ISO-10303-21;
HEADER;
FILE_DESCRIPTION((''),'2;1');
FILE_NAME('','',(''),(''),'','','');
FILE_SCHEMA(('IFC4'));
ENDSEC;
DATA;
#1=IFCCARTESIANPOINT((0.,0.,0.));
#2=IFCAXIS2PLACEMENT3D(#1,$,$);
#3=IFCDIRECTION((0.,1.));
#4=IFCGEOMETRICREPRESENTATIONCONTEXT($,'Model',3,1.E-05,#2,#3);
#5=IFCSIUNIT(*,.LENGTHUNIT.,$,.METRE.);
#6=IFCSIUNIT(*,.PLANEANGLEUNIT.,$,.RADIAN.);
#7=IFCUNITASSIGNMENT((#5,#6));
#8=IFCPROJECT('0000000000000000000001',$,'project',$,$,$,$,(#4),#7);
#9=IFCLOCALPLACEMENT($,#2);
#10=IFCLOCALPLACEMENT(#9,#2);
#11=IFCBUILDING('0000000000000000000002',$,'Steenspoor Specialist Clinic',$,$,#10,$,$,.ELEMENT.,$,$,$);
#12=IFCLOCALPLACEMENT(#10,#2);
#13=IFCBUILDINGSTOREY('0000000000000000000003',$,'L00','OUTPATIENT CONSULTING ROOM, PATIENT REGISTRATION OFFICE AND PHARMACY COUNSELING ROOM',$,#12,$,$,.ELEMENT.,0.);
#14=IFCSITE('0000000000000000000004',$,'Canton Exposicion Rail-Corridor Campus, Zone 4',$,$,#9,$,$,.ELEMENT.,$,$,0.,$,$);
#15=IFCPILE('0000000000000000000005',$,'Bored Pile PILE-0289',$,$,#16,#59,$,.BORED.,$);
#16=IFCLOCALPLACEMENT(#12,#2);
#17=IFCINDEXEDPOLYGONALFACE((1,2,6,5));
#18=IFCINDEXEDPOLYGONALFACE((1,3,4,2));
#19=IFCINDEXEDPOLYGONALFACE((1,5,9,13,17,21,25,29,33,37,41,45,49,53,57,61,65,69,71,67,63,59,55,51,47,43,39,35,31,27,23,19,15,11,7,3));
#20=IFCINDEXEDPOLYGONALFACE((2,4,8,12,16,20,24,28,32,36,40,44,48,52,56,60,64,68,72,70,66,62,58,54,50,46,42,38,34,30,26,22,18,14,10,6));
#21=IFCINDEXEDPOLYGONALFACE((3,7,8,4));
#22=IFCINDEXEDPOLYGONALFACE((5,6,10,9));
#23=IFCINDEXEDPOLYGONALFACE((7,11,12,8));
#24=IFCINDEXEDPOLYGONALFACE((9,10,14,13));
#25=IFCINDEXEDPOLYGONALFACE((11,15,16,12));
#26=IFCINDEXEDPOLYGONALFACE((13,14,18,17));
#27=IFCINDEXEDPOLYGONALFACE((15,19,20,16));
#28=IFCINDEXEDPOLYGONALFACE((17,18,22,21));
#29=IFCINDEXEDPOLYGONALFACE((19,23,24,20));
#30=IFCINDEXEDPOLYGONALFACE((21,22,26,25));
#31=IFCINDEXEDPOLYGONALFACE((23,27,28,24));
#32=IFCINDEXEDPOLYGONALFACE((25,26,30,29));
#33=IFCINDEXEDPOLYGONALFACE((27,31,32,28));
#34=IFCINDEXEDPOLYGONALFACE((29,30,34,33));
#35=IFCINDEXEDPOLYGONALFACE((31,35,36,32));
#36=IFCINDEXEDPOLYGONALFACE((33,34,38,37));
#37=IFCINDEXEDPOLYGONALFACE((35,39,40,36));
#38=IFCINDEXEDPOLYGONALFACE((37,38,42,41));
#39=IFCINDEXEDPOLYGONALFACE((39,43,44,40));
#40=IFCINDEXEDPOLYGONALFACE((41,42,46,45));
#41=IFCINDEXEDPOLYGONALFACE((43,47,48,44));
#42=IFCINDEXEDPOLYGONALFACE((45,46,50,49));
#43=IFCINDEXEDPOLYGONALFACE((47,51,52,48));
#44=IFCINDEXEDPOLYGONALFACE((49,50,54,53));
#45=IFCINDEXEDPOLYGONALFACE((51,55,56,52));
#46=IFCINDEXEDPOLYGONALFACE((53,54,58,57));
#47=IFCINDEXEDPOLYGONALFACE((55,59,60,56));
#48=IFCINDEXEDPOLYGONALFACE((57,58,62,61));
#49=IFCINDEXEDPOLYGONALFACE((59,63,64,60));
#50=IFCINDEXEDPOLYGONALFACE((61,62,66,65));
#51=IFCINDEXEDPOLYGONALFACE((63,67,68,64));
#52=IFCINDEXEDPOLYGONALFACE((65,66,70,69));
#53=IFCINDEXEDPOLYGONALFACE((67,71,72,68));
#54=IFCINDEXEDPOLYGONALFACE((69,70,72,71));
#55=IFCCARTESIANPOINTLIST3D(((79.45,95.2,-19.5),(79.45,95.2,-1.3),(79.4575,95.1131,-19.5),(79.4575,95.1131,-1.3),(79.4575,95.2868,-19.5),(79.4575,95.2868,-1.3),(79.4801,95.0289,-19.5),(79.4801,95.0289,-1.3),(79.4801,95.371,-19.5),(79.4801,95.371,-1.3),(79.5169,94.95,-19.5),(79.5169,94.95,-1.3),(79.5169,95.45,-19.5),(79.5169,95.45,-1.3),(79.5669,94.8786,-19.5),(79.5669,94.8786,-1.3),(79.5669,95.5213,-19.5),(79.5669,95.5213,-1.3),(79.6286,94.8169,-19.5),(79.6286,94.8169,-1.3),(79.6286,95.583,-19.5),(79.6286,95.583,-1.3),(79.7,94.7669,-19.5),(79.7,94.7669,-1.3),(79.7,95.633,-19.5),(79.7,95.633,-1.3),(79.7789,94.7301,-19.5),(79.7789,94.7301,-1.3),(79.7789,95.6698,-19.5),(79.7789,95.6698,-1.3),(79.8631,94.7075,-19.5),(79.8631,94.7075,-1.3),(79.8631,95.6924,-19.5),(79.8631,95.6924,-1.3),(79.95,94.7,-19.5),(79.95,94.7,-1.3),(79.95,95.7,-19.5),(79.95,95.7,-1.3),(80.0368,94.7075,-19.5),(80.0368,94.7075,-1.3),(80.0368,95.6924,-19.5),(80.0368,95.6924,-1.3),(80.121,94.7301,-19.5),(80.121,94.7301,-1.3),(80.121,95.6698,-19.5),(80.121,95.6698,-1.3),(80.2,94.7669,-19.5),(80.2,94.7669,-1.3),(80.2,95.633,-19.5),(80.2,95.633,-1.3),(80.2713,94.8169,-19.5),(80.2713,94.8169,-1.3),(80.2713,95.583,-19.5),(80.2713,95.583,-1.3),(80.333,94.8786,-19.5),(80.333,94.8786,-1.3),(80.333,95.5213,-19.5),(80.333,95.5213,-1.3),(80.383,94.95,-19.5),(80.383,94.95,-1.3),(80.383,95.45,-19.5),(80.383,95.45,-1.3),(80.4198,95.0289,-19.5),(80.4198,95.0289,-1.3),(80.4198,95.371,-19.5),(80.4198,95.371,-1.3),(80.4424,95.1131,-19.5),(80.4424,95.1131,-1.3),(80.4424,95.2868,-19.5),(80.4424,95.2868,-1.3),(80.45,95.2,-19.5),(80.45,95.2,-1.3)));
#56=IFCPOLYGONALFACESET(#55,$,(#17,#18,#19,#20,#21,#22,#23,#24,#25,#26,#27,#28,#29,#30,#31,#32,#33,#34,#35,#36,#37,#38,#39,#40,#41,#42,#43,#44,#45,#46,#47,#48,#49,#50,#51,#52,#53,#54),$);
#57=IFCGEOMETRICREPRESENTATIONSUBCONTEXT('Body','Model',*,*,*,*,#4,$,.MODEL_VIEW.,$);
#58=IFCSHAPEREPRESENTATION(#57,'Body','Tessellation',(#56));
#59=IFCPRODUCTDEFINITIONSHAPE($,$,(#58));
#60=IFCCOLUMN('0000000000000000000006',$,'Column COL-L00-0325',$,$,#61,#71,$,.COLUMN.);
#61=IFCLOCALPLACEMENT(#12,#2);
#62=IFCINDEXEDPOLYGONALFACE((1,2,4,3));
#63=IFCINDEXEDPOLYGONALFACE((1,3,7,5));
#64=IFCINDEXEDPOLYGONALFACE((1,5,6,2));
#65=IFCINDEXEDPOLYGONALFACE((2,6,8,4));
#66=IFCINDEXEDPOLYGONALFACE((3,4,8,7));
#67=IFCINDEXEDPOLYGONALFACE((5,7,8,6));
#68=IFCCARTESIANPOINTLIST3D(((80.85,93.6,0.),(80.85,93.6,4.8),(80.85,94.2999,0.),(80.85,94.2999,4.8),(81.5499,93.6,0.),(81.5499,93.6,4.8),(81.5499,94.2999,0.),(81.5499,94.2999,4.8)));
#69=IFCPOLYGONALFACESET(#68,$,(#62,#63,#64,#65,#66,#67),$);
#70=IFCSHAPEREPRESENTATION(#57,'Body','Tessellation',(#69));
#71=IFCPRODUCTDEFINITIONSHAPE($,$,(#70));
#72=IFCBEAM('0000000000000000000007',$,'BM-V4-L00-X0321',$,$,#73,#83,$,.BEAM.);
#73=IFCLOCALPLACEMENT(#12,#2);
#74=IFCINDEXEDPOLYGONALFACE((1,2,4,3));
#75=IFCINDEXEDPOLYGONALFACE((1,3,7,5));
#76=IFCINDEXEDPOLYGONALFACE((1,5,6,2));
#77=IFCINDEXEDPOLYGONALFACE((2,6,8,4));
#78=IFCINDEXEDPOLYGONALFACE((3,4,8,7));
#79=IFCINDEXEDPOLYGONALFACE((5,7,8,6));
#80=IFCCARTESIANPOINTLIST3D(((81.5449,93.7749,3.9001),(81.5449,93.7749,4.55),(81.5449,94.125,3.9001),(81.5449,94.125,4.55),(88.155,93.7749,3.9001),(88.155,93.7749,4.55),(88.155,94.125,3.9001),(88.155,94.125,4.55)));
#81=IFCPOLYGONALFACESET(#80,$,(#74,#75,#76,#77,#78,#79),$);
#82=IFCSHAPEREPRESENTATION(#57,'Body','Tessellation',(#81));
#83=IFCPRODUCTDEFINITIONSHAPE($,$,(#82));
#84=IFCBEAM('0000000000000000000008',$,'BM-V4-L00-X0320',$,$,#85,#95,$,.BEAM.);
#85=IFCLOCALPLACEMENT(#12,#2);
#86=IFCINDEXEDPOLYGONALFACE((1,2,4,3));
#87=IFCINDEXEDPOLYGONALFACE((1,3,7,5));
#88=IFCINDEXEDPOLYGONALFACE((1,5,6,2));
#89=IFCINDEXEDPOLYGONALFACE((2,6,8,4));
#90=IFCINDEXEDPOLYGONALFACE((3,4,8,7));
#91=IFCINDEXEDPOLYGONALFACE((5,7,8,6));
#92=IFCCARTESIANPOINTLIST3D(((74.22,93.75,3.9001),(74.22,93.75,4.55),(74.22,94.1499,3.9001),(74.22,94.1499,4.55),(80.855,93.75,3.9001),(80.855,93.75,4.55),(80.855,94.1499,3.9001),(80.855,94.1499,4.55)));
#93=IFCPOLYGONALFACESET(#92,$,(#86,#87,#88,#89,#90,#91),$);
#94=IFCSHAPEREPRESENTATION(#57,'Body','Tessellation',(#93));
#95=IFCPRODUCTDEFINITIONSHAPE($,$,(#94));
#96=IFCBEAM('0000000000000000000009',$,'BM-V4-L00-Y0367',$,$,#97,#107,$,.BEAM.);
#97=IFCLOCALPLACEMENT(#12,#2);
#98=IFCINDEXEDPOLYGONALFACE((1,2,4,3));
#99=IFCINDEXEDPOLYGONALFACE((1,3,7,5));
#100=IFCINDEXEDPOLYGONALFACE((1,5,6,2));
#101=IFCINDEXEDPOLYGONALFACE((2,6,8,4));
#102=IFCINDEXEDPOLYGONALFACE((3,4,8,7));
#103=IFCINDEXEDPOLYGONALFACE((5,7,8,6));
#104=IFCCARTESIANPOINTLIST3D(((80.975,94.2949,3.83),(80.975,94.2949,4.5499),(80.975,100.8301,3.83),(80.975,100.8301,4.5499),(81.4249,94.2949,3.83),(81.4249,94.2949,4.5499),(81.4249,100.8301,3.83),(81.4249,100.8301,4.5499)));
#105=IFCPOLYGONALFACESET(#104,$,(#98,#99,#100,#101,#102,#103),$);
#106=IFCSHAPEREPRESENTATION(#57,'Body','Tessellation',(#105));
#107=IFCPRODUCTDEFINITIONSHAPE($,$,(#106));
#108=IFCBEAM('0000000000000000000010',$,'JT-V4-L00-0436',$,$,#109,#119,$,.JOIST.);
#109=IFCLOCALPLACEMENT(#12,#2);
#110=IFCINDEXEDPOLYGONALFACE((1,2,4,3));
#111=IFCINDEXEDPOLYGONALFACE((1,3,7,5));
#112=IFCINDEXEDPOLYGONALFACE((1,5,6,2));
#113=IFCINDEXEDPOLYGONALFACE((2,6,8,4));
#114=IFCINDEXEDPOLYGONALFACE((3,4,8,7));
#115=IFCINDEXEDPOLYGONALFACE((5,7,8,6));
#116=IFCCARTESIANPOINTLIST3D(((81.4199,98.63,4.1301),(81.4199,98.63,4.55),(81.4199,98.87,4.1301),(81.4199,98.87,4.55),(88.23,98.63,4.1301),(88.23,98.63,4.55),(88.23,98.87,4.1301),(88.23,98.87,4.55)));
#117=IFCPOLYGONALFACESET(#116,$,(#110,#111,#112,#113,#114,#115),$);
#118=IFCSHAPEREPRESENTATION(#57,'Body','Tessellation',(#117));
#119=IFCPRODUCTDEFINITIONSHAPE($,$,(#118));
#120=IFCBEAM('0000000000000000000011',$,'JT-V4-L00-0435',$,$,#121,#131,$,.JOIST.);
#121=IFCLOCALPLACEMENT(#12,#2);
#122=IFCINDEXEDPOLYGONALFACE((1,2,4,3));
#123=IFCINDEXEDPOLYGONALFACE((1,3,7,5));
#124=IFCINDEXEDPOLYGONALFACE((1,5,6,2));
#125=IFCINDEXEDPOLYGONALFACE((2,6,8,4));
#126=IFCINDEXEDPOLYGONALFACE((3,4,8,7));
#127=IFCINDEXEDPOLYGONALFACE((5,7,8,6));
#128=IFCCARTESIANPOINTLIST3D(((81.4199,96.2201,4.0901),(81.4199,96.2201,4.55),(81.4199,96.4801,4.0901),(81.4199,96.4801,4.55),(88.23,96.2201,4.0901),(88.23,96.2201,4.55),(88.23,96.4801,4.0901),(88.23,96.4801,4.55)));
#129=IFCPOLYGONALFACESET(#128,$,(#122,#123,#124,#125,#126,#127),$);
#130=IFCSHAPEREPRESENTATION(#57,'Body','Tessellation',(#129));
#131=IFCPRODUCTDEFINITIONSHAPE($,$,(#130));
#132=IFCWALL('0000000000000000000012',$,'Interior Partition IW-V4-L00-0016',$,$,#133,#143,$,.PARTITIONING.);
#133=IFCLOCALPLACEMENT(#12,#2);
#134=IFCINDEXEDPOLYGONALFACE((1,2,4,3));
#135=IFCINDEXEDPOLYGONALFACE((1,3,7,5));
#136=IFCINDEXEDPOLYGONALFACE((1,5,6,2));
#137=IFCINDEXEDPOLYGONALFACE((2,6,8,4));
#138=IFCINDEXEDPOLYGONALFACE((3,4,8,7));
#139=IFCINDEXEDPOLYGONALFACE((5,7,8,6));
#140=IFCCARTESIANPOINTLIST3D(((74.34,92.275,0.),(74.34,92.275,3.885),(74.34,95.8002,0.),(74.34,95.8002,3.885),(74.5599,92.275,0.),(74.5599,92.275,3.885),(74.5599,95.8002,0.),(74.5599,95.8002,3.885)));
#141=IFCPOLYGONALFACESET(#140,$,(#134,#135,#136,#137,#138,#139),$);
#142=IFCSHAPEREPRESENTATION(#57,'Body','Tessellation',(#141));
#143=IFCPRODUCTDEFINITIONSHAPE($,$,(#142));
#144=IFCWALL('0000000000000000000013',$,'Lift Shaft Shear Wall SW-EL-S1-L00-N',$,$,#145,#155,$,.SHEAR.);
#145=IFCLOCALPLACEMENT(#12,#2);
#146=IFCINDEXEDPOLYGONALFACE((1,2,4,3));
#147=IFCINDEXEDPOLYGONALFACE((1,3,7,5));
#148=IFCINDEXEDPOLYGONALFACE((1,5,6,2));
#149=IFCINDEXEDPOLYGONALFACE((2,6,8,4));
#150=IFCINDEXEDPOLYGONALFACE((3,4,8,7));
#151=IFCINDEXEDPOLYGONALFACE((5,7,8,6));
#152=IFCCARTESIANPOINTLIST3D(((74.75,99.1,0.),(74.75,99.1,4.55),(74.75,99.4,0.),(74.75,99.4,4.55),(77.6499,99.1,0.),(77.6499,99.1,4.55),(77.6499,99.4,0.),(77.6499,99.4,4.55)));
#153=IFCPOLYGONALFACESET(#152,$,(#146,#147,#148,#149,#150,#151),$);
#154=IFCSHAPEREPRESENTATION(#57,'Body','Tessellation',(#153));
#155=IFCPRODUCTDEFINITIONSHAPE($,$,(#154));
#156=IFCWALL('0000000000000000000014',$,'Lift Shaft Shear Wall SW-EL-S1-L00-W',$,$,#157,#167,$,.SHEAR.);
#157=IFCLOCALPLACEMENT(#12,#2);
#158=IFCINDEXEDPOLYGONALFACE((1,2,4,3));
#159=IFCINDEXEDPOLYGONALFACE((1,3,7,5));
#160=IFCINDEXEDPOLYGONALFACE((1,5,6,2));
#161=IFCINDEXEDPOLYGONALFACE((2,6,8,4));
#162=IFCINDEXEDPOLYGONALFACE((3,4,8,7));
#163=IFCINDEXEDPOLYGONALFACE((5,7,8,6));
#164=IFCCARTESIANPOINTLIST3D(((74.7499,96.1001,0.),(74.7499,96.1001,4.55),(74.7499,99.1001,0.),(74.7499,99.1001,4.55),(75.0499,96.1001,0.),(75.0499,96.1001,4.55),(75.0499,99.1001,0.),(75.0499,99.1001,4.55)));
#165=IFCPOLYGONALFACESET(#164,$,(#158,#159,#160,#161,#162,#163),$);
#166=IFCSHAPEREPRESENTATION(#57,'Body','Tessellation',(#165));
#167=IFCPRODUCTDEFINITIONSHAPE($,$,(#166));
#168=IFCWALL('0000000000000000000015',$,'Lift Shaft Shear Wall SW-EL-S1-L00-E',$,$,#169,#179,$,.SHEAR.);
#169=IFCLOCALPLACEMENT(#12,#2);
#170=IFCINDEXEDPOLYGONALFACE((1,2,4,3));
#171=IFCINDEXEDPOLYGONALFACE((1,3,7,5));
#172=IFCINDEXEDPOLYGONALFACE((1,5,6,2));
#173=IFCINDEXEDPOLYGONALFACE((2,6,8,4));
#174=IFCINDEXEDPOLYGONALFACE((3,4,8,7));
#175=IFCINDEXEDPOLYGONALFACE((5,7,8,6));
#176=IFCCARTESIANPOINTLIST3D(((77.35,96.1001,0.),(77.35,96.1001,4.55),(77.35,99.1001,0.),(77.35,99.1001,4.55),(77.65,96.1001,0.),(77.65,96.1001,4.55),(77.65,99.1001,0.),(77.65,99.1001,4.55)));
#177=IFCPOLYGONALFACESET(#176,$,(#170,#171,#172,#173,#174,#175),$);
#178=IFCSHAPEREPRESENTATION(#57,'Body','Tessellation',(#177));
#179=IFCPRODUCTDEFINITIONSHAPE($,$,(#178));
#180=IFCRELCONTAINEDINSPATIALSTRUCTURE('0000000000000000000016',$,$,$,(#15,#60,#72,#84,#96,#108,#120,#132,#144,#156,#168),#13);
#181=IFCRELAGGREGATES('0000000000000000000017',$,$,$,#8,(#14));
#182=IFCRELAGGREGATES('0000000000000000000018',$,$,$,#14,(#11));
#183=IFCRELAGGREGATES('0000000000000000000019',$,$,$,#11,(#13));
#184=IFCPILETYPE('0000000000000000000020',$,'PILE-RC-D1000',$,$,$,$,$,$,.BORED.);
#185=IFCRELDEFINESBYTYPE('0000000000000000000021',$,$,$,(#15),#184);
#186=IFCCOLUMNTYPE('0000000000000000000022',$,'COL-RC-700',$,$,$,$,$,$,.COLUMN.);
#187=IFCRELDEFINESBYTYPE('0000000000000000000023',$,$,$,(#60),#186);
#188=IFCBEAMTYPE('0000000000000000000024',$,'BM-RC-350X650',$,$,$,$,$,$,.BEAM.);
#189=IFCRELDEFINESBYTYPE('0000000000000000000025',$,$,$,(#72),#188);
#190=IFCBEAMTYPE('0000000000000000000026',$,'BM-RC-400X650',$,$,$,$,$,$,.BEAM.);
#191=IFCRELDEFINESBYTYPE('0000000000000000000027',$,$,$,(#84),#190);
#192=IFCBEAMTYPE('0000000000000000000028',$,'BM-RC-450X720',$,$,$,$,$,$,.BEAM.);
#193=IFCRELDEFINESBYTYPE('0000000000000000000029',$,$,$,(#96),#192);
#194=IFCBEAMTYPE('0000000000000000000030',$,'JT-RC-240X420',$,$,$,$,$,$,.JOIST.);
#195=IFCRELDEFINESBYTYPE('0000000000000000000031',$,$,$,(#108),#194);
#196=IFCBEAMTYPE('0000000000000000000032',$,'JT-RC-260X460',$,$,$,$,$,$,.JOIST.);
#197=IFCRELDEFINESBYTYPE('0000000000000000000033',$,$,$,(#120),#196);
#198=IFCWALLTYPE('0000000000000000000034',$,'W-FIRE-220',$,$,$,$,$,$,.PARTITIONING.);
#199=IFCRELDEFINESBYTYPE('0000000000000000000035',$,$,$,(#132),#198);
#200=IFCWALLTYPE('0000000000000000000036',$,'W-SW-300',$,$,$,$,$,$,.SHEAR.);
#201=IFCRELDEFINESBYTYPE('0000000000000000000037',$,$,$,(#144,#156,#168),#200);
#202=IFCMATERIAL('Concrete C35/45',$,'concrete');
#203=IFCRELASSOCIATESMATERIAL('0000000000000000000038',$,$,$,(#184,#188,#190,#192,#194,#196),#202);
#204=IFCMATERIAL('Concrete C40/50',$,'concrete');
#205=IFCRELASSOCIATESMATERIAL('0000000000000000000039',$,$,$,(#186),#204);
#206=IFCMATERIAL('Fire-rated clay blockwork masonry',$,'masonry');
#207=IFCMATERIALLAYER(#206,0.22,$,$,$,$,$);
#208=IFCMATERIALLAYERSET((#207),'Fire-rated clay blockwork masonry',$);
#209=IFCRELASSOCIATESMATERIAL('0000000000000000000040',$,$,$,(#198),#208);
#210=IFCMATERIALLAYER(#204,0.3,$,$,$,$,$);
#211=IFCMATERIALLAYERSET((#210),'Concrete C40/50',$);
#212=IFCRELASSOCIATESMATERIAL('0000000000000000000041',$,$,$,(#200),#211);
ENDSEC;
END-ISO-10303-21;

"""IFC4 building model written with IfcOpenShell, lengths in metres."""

from ifc_helpers import new_model, si_unit, direction, frame, frame_2d, origin, origin_2d, place, context, subcontext, project, spatial, rectangle, circle, extrude, material, layer, layer_set, material_profile, profile_set, type_object, element, save


model = new_model("IFC4")

# Units and contexts
model_context = context("Model", 3, precision=1e-05, world=origin(), true_north=direction((0.0, 1.0)))
body_context = subcontext(model_context, "Body", "Model", "MODEL_VIEW")
ifc_project = project(units=[si_unit("LENGTHUNIT", "METRE"), si_unit("PLANEANGLEUNIT", "RADIAN")], contexts=[model_context])

# Site, building, storey
site_placement = place(None, origin())
site = spatial("IfcSite", under=ifc_project, at=site_placement, Name="Canton Exposicion Rail-Corridor Campus, Zone 4", CompositionType="ELEMENT", RefElevation=0.0)
building_placement = place(site_placement, origin())
building = spatial("IfcBuilding", under=site, at=building_placement, Name="Steenspoor Specialist Clinic", CompositionType="ELEMENT")
storey_placement = place(building_placement, origin())
storey = spatial("IfcBuildingStorey", under=building, at=storey_placement, Name="L00", Description="OUTPATIENT CONSULTING ROOM, PATIENT REGISTRATION OFFICE AND PHARMACY COUNSELING ROOM", CompositionType="ELEMENT", Elevation=0.0)

# Shared definitions
ifc_material_1 = material(Name="Concrete C35/45", Category="concrete")

# Pile
ifc_material_profile_1 = material_profile(ifc_material_1, circle(Radius=0.5, at=origin_2d()), Name="PILE-D1000")
ifc_profile_set_1 = profile_set([ifc_material_profile_1], Name="Concrete C35/45")
pile_type = type_object("IfcPileType", Name="PILE-RC-D1000", PredefinedType="BORED", material=ifc_profile_set_1)
for number, where, z_axis, x_axis, name in (
    (1, (79.95, 95.2, -1.3), (0.0, 0.0, -1.0), (1.0, 0.0, 0.0), "Bored Pile PILE-0289"),
):
    element("IfcPile", number, at=place(storey_placement, frame(where, z_axis=z_axis, x_axis=x_axis)), inside=storey, type_object=pile_type, Name=name, PredefinedType="BORED", context=body_context, shape_type="SweptSolid", body=[
        extrude(circle(Radius=0.5, at=origin_2d()), origin(), (0.0, 0.0, 1.0), 18.2),
    ])

# Column
ifc_material_2 = material(Name="Concrete C40/50", Category="concrete")
ifc_material_profile_2 = material_profile(ifc_material_2, rectangle(XDim=0.7, YDim=0.7, at=origin_2d()), Name="RC-COL-700X700")
ifc_profile_set_2 = profile_set([ifc_material_profile_2], Name="Concrete C40/50")
column_type = type_object("IfcColumnType", Name="COL-RC-700", PredefinedType="COLUMN", material=ifc_profile_set_2)
column_placement = place(storey_placement, frame((81.2, 93.95, 0.0), z_axis=(0.0, 0.0, 1.0), x_axis=(1.0, 0.0, 0.0)))
element("IfcColumn", 2, at=column_placement, inside=storey, type_object=column_type, Name="Column COL-L00-0325", PredefinedType="COLUMN", context=body_context, shape_type="SweptSolid", body=[
    extrude(rectangle(XDim=0.7, YDim=0.7, at=origin_2d()), origin(), (0.0, 0.0, 1.0), 4.8),
])

# Beams
ifc_material_profile_3 = material_profile(ifc_material_1, rectangle(XDim=0.3501, YDim=0.6499, at=origin_2d()), Name="RC-BM-350X650")
ifc_profile_set_3 = profile_set([ifc_material_profile_3], Name="Concrete C35/45")
beam_type_1 = type_object("IfcBeamType", Name="BM-RC-350X650", PredefinedType="BEAM", material=ifc_profile_set_3)
beam_1_placement = place(storey_placement, frame((81.5449, 93.95, 4.2251), z_axis=(1.0, 0.0, 0.0), x_axis=(0.0, 1.0, 0.0)))
element("IfcBeam", 3, at=beam_1_placement, inside=storey, type_object=beam_type_1, Name="BM-V4-L00-X0321", PredefinedType="BEAM", context=body_context, shape_type="SweptSolid", body=[
    extrude(rectangle(XDim=0.3501, YDim=0.6499, at=origin_2d()), origin(), (0.0, 0.0, 1.0), 6.6101),
])
ifc_material_profile_4 = material_profile(ifc_material_1, rectangle(XDim=0.3999, YDim=0.6499, at=origin_2d()), Name="RC-BM-400X650")
ifc_profile_set_4 = profile_set([ifc_material_profile_4], Name="Concrete C35/45")
beam_type_2 = type_object("IfcBeamType", Name="BM-RC-400X650", PredefinedType="BEAM", material=ifc_profile_set_4)
beam_2_placement = place(storey_placement, frame((74.22, 93.95, 4.2251), z_axis=(1.0, 0.0, 0.0), x_axis=(0.0, 1.0, 0.0)))
element("IfcBeam", 4, at=beam_2_placement, inside=storey, type_object=beam_type_2, Name="BM-V4-L00-X0320", PredefinedType="BEAM", context=body_context, shape_type="SweptSolid", body=[
    extrude(rectangle(XDim=0.3999, YDim=0.6499, at=origin_2d()), origin(), (0.0, 0.0, 1.0), 6.635),
])
ifc_material_profile_5 = material_profile(ifc_material_1, rectangle(XDim=0.45, YDim=0.72, at=origin_2d()), Name="RC-BM-450X720")
ifc_profile_set_5 = profile_set([ifc_material_profile_5], Name="Concrete C35/45")
beam_type_3 = type_object("IfcBeamType", Name="BM-RC-450X720", PredefinedType="BEAM", material=ifc_profile_set_5)
beam_3_placement = place(storey_placement, frame((81.2, 94.2949, 4.1899), z_axis=(0.0, 1.0, 0.0), x_axis=(-1.0, 0.0, 0.0)))
element("IfcBeam", 5, at=beam_3_placement, inside=storey, type_object=beam_type_3, Name="BM-V4-L00-Y0367", PredefinedType="BEAM", context=body_context, shape_type="SweptSolid", body=[
    extrude(rectangle(XDim=0.45, YDim=0.72, at=origin_2d()), origin(), (0.0, 0.0, 1.0), 6.5352),
])
ifc_material_profile_6 = material_profile(ifc_material_1, rectangle(XDim=0.24, YDim=0.4199, at=origin_2d()), Name="RC-JT-240X420")
ifc_profile_set_6 = profile_set([ifc_material_profile_6], Name="Concrete C35/45")
beam_type_4 = type_object("IfcBeamType", Name="JT-RC-240X420", PredefinedType="JOIST", material=ifc_profile_set_6)
beam_4_placement = place(storey_placement, frame((81.4199, 98.75, 4.3401), z_axis=(1.0, 0.0, 0.0), x_axis=(0.0, 1.0, 0.0)))
element("IfcBeam", 6, at=beam_4_placement, inside=storey, type_object=beam_type_4, Name="JT-V4-L00-0436", PredefinedType="JOIST", context=body_context, shape_type="SweptSolid", body=[
    extrude(rectangle(XDim=0.24, YDim=0.4199, at=origin_2d()), origin(), (0.0, 0.0, 1.0), 6.8101),
])
ifc_material_profile_7 = material_profile(ifc_material_1, rectangle(XDim=0.26, YDim=0.46, at=origin_2d()), Name="RC-JT-260X460")
ifc_profile_set_7 = profile_set([ifc_material_profile_7], Name="Concrete C35/45")
beam_type_5 = type_object("IfcBeamType", Name="JT-RC-260X460", PredefinedType="JOIST", material=ifc_profile_set_7)
beam_5_placement = place(storey_placement, frame((81.4199, 96.3501, 4.3201), z_axis=(1.0, 0.0, 0.0), x_axis=(0.0, 1.0, 0.0)))
element("IfcBeam", 7, at=beam_5_placement, inside=storey, type_object=beam_type_5, Name="JT-V4-L00-0435", PredefinedType="JOIST", context=body_context, shape_type="SweptSolid", body=[
    extrude(rectangle(XDim=0.26, YDim=0.46, at=origin_2d()), origin(), (0.0, 0.0, 1.0), 6.8101),
])

# Wall
ifc_material_3 = material(Name="Fire-rated clay blockwork masonry", Category="masonry")
ifc_layer_1 = layer(ifc_material_3, 0.22)
ifc_layer_set_1 = layer_set([ifc_layer_1], Name="Fire-rated clay blockwork masonry")
wall_type_1 = type_object("IfcWallType", Name="W-FIRE-220", PredefinedType="PARTITIONING", material=ifc_layer_set_1)
wall_1_placement = place(storey_placement, frame((74.45, 92.2749, 0.0), z_axis=(0.0, 0.0, 1.0), x_axis=(0.0, 1.0, 0.0)))
element("IfcWall", 8, at=wall_1_placement, inside=storey, type_object=wall_type_1, Name="Interior Partition IW-V4-L00-0016", PredefinedType="PARTITIONING", context=body_context, shape_type="SweptSolid", body=[
    extrude(rectangle(XDim=3.5251, YDim=0.22, at=frame_2d((1.7627, 0.0))), origin(), (0.0, 0.0, 1.0), 3.885),
])

# Shared definitions
ifc_layer_2 = layer(ifc_material_2, 0.3)
ifc_layer_set_2 = layer_set([ifc_layer_2], Name="Concrete C40/50")
wall_type_2 = type_object("IfcWallType", Name="W-SW-300", PredefinedType="SHEAR", material=ifc_layer_set_2)

# Walls
wall_2_placement = place(storey_placement, frame((74.75, 99.25, 0.0), z_axis=(0.0, 0.0, 1.0), x_axis=(1.0, 0.0, 0.0)))
element("IfcWall", 9, at=wall_2_placement, inside=storey, type_object=wall_type_2, Name="Lift Shaft Shear Wall SW-EL-S1-L00-N", PredefinedType="SHEAR", context=body_context, shape_type="SweptSolid", body=[
    extrude(rectangle(XDim=2.8999, YDim=0.3, at=frame_2d((1.45, 0.0))), origin(), (0.0, 0.0, 1.0), 4.55),
])
for number, where, z_axis, x_axis, name in (
    (10, (74.8999, 96.1001, 0.0), (0.0, 0.0, 1.0), (0.0, 1.0, 0.0), "Lift Shaft Shear Wall SW-EL-S1-L00-W"),
    (11, (77.5, 96.1001, 0.0), (0.0, 0.0, 1.0), (0.0, 1.0, 0.0), "Lift Shaft Shear Wall SW-EL-S1-L00-E"),
):
    element("IfcWall", number, at=place(storey_placement, frame(where, z_axis=z_axis, x_axis=x_axis)), inside=storey, type_object=wall_type_2, Name=name, PredefinedType="SHEAR", context=body_context, shape_type="SweptSolid", body=[
        extrude(rectangle(XDim=3.0, YDim=0.3, at=frame_2d((1.5, 0.0))), origin(), (0.0, 0.0, 1.0), 4.55),
    ])

save(model, "model.ifc")
